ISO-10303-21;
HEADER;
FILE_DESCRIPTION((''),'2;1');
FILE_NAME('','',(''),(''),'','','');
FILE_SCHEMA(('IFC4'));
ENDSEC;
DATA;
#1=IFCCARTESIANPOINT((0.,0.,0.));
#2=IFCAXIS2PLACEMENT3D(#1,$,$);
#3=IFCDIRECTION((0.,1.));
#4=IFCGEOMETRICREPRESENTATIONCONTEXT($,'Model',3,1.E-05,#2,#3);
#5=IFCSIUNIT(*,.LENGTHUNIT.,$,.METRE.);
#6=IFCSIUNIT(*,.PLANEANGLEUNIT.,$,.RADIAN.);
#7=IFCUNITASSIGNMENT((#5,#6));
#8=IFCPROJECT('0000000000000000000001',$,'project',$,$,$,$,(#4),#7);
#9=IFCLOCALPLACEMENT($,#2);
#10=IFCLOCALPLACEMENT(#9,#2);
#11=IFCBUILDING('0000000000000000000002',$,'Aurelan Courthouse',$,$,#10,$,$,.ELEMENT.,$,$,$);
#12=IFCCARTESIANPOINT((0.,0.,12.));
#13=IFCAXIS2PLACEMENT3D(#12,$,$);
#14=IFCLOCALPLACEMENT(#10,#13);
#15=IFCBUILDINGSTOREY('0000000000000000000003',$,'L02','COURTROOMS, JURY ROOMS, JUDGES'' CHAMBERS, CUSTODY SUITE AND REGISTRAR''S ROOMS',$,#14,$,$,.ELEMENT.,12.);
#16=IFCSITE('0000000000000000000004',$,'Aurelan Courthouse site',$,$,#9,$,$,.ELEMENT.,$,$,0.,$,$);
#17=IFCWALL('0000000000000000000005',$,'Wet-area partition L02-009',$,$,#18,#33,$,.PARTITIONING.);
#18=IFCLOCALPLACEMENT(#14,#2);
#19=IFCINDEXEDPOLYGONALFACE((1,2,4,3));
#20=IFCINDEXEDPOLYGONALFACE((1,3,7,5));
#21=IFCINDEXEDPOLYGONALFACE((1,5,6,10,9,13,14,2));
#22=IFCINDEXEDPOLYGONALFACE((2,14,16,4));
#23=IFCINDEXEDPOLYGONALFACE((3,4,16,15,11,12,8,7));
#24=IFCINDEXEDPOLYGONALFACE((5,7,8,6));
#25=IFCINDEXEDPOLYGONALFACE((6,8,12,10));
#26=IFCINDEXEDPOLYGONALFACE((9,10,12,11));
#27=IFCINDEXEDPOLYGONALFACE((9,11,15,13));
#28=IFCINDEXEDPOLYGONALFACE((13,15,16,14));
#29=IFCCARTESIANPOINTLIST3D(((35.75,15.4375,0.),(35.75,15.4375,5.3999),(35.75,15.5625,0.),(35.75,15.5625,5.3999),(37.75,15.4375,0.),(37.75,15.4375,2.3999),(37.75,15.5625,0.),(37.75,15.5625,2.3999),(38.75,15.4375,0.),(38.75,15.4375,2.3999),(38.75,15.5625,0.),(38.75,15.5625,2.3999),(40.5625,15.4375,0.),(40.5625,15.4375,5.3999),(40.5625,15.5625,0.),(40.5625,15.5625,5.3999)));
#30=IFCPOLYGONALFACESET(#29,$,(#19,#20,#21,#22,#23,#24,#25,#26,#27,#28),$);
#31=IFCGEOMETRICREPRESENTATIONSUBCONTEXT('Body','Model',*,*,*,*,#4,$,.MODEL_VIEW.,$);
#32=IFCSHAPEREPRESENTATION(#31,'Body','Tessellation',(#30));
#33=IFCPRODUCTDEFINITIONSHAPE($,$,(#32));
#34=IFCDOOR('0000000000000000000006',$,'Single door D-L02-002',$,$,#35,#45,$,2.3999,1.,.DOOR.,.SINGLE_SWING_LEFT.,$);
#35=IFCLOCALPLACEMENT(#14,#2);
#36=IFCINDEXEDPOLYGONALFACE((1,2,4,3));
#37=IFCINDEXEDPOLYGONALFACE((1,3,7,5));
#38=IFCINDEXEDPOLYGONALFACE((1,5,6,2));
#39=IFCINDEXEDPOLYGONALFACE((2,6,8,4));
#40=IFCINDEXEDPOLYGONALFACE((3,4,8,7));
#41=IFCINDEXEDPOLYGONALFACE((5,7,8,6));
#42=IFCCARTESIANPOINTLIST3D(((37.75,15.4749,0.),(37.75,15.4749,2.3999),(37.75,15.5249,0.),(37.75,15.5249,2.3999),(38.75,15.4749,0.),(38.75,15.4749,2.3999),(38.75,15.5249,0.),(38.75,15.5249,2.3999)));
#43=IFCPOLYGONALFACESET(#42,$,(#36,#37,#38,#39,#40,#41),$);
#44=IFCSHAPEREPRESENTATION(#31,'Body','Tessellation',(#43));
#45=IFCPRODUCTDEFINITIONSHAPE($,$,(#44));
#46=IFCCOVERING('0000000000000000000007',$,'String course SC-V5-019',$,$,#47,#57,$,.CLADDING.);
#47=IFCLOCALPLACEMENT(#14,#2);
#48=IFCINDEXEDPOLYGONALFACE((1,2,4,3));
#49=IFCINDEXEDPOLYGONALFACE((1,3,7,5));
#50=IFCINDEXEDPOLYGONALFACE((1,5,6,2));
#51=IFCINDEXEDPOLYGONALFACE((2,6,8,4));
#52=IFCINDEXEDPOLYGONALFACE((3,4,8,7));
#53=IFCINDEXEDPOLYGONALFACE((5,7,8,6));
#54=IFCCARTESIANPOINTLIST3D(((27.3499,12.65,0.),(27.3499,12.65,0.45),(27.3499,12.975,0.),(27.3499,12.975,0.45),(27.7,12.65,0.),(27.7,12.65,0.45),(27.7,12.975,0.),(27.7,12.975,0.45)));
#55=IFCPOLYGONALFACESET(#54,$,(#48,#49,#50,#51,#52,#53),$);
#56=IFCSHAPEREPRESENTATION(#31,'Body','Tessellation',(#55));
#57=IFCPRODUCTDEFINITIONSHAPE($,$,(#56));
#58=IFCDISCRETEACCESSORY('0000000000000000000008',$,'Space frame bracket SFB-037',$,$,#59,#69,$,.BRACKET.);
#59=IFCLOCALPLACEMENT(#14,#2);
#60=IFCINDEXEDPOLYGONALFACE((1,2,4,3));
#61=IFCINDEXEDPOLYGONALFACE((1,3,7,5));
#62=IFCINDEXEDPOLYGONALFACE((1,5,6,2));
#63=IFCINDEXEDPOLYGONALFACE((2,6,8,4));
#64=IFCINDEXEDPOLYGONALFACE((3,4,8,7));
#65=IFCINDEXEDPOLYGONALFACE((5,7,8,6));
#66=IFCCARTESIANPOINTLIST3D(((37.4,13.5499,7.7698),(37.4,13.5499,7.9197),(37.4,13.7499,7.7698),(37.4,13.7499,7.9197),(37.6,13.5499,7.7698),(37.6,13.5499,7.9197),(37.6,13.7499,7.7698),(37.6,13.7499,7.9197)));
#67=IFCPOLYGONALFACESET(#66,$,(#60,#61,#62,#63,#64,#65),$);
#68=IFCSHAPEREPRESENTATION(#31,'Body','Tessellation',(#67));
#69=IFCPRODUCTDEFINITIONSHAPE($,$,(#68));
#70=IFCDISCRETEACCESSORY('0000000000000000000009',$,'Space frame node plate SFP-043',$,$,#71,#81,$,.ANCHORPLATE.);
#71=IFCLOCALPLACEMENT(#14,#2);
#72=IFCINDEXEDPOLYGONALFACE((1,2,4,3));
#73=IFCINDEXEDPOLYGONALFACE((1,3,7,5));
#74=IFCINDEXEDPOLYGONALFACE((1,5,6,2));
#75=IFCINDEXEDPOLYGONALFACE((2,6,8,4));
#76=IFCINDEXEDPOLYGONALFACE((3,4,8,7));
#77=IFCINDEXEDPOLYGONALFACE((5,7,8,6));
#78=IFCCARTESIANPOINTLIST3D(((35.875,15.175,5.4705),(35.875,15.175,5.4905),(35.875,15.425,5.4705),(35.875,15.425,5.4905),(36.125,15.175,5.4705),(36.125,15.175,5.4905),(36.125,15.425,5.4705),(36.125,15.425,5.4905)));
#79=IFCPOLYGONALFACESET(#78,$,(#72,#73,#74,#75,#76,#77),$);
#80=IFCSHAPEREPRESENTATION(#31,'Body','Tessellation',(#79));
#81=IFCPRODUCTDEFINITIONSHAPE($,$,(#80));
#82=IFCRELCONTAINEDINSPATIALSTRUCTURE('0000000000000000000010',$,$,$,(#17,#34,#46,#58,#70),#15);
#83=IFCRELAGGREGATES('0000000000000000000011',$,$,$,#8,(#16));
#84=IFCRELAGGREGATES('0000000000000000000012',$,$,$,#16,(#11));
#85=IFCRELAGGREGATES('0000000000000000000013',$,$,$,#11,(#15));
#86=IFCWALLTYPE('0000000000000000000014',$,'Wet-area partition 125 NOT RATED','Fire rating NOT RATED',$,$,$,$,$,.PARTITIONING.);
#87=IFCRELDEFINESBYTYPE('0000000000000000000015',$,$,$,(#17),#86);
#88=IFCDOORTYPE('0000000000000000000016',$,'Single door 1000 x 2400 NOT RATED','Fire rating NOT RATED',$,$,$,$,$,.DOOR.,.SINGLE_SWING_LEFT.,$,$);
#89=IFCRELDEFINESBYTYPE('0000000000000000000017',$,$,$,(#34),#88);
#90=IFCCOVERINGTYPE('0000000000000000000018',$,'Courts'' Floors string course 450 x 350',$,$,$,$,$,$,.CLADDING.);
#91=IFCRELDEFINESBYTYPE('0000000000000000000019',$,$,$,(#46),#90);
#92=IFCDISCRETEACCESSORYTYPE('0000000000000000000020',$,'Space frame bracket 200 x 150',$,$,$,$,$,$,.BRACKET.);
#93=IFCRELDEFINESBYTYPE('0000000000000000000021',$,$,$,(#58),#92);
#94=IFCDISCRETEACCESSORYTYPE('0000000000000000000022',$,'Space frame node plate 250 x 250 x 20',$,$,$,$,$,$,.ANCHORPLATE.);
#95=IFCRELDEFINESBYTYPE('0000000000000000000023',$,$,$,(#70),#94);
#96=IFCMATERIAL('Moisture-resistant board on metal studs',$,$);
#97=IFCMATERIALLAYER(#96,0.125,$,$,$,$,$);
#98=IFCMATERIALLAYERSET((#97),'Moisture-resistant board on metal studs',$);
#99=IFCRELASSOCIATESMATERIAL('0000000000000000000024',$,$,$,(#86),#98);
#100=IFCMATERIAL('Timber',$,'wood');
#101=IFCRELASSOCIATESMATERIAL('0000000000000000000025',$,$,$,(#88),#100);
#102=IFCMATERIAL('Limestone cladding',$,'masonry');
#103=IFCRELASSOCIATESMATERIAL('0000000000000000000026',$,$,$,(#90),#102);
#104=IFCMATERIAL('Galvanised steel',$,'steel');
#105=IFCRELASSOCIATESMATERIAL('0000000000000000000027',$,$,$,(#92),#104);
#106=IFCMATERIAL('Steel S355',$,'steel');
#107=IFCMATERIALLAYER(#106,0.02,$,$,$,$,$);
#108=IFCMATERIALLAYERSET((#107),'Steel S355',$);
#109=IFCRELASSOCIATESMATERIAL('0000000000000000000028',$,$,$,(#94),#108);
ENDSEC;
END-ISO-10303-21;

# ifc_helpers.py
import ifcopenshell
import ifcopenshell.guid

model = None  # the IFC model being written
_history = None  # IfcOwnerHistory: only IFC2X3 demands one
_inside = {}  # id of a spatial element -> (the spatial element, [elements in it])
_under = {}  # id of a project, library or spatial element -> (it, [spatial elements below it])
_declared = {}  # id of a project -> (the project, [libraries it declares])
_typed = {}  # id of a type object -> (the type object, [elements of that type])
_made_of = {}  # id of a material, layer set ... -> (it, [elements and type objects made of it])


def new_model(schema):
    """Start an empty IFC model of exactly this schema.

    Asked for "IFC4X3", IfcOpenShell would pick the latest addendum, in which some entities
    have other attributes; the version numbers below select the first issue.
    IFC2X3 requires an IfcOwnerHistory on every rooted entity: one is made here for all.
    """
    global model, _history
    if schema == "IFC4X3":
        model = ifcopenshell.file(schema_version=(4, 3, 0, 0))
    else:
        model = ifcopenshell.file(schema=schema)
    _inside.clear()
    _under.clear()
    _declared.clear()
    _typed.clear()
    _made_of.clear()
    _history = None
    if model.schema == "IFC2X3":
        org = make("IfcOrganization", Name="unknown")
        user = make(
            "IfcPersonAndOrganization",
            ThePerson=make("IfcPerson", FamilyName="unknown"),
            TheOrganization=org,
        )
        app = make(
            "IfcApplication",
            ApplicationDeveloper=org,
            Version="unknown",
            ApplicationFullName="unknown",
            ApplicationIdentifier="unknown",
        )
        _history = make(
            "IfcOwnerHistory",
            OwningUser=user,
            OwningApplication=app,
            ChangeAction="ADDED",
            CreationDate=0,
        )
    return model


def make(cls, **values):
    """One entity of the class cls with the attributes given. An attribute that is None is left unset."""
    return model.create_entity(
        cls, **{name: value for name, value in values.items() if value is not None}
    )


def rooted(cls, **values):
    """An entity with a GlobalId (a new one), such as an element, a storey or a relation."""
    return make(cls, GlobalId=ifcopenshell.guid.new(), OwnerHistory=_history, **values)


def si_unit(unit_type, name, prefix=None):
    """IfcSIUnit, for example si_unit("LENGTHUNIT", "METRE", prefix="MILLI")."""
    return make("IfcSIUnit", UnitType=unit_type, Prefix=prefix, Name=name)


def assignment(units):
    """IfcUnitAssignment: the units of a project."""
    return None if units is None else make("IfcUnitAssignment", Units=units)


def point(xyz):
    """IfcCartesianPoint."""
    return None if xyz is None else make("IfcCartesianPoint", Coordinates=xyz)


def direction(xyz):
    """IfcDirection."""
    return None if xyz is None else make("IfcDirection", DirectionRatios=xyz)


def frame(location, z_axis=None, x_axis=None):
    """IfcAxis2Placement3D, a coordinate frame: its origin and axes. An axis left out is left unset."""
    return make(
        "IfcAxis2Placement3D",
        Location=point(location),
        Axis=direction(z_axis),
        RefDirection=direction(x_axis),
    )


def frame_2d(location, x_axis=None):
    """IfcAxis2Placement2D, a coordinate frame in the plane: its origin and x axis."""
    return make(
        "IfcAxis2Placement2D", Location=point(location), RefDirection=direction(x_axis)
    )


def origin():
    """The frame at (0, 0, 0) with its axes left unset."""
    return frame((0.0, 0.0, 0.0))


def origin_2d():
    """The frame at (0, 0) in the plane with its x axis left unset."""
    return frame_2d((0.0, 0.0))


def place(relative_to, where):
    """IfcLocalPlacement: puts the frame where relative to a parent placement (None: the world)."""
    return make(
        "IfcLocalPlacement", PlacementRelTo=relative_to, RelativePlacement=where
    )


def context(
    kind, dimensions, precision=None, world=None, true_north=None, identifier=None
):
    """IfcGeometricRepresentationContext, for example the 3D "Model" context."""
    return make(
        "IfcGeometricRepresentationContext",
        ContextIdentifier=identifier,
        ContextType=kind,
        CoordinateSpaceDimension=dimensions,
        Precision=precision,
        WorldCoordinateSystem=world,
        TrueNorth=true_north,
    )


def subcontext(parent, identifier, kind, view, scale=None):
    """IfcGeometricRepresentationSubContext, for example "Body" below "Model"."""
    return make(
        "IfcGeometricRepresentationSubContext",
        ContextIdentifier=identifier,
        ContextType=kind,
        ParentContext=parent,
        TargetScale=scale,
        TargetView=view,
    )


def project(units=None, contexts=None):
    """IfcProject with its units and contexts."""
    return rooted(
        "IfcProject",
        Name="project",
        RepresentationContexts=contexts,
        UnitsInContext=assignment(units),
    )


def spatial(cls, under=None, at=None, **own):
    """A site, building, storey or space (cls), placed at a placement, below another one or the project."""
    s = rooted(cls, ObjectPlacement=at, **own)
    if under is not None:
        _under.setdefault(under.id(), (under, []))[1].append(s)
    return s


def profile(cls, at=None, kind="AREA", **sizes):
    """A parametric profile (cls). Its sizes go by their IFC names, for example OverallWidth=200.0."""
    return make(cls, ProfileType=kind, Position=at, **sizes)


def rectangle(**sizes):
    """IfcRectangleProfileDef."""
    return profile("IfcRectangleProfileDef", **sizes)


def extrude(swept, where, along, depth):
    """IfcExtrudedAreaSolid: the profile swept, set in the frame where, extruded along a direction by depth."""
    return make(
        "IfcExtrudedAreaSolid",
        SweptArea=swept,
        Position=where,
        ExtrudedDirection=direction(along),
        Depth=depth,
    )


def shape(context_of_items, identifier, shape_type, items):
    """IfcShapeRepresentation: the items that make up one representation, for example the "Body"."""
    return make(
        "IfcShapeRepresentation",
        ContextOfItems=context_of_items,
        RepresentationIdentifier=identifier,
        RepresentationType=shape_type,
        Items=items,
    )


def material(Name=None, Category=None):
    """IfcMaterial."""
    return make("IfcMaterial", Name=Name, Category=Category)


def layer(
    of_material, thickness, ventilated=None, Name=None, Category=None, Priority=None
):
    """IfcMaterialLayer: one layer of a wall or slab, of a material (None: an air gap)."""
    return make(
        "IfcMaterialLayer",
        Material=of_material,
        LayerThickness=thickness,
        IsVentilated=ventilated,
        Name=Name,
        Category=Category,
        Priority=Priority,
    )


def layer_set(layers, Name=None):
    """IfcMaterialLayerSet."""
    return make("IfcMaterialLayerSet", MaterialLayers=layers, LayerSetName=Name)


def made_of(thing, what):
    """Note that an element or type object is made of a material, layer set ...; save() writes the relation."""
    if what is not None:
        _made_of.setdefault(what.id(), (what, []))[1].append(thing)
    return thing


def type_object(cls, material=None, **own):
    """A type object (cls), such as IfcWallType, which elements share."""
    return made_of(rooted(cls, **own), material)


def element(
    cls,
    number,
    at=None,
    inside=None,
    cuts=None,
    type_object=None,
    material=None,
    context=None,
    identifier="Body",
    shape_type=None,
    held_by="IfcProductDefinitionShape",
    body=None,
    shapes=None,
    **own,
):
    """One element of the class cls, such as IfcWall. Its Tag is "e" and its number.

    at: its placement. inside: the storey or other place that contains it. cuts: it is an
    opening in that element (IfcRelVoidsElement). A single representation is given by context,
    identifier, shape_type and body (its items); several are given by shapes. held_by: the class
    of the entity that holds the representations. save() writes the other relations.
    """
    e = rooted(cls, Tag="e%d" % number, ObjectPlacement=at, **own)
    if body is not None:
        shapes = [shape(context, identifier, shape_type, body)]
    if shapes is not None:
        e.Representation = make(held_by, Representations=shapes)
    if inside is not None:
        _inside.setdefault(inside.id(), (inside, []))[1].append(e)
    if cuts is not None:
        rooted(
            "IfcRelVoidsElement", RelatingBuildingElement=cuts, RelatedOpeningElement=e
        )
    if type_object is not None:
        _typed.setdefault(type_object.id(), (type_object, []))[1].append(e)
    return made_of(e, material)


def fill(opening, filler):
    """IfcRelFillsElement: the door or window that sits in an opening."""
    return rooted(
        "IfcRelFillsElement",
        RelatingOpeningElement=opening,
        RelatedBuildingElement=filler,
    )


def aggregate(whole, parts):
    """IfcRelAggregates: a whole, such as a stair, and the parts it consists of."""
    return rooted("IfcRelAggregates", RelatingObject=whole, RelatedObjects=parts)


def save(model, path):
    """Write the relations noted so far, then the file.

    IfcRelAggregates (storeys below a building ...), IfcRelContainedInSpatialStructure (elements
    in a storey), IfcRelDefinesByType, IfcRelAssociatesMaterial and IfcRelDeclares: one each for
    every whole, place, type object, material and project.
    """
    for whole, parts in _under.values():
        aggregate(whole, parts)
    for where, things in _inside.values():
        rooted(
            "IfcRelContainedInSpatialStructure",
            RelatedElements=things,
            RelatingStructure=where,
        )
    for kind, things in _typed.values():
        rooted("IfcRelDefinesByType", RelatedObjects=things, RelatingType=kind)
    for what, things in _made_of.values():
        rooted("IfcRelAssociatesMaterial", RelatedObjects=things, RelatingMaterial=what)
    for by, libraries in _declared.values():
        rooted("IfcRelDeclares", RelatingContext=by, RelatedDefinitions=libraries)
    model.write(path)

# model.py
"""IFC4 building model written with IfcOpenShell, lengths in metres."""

from ifc_helpers import new_model, si_unit, direction, frame, frame_2d, origin, origin_2d, place, context, subcontext, project, spatial, rectangle, extrude, material, layer, layer_set, type_object, element, fill, save


model = new_model("IFC4")

# Units and contexts
model_context = context("Model", 3, precision=1e-05, world=origin(), true_north=direction((0.0, 1.0)))
body_context = subcontext(model_context, "Body", "Model", "MODEL_VIEW")
ifc_project = project(units=[si_unit("LENGTHUNIT", "METRE"), si_unit("PLANEANGLEUNIT", "RADIAN")], contexts=[model_context])

# Site, building, storey
site_placement = place(None, origin())
site = spatial("IfcSite", under=ifc_project, at=site_placement, Name="Aurelan Courthouse site", CompositionType="ELEMENT", RefElevation=0.0)
building_placement = place(site_placement, origin())
building = spatial("IfcBuilding", under=site, at=building_placement, Name="Aurelan Courthouse", CompositionType="ELEMENT")
storey_placement = place(building_placement, frame((0.0, 0.0, 12.0)))
storey = spatial("IfcBuildingStorey", under=building, at=storey_placement, Name="L02", Description="COURTROOMS, JURY ROOMS, JUDGES' CHAMBERS, CUSTODY SUITE AND REGISTRAR'S ROOMS", CompositionType="ELEMENT", Elevation=12.0)

# Shared definitions
ifc_material_1 = material(Name="Steel S355", Category="steel")

# Shared definitions
ifc_material_2 = material(Name="Limestone cladding", Category="masonry")

# Shared definitions
ifc_material_3 = material(Name="Moisture-resistant board on metal studs")
ifc_layer_1 = layer(ifc_material_3, 0.125)
ifc_layer_set_1 = layer_set([ifc_layer_1], Name="Moisture-resistant board on metal studs")
wall_type_1 = type_object("IfcWallType", Name="Wet-area partition 125 NOT RATED", Description="Fire rating NOT RATED", PredefinedType="PARTITIONING", material=ifc_layer_set_1)

# Wall, opening, door
wall_1_placement = place(storey_placement, frame((35.75, 15.5, 0.0), z_axis=(0.0, 0.0, 1.0), x_axis=(1.0, 0.0, 0.0)))
wall_1 = element("IfcWall", 1, at=wall_1_placement, inside=storey, type_object=wall_type_1, Name="Wet-area partition L02-009", PredefinedType="PARTITIONING", context=body_context, shape_type="SweptSolid", body=[
    extrude(rectangle(XDim=4.8125, YDim=0.125, at=frame_2d((2.4062, 0.0))), origin(), (0.0, 0.0, 1.0), 5.3999),
])
opening_1_placement = place(wall_1_placement, frame((2.0, 0.0, 0.0)))
opening_1 = element("IfcOpeningElement", 2, at=opening_1_placement, cuts=wall_1, PredefinedType="OPENING", context=body_context, shape_type="SweptSolid", body=[
    extrude(rectangle(XDim=1.0, YDim=2.3999, at=frame_2d((0.5, 1.2))), frame((0.0, 0.0725, 0.0), z_axis=(0.0, -1.0, 0.0), x_axis=(1.0, 0.0, 0.0)), (0.0, 0.0, 1.0), 0.145),
])
ifc_material_4 = material(Name="Timber", Category="wood")
door_type = type_object("IfcDoorType", Name="Single door 1000 x 2400 NOT RATED", Description="Fire rating NOT RATED", OperationType="SINGLE_SWING_LEFT", PredefinedType="DOOR", material=ifc_material_4)
door_placement = place(opening_1_placement, origin())
door = element("IfcDoor", 3, at=door_placement, inside=storey, type_object=door_type, Name="Single door D-L02-002", OperationType="SINGLE_SWING_LEFT", OverallHeight=2.3999, OverallWidth=1.0, PredefinedType="DOOR", context=body_context, shape_type="SweptSolid", body=[
    extrude(rectangle(XDim=1.0, YDim=2.3999, at=frame_2d((0.5, 1.2))), frame((0.0, 0.0249, 0.0), z_axis=(0.0, -1.0, 0.0), x_axis=(1.0, 0.0, 0.0)), (0.0, 0.0, 1.0), 0.05),
])
fill(opening_1, door)

# Covering
covering_type = type_object("IfcCoveringType", Name="Courts' Floors string course 450 x 350", PredefinedType="CLADDING", material=ifc_material_2)
covering_placement = place(storey_placement, frame((27.5249, 12.8125, 0.0), z_axis=(0.0, 0.0, 1.0), x_axis=(1.0, 0.0, 0.0)))
element("IfcCovering", 4, at=covering_placement, inside=storey, type_object=covering_type, Name="String course SC-V5-019", PredefinedType="CLADDING", context=body_context, shape_type="SweptSolid", body=[
    extrude(rectangle(XDim=0.3501, YDim=0.325, at=origin_2d()), origin(), (0.0, 0.0, 1.0), 0.45),
])

# Discrete accessories
ifc_material_5 = material(Name="Galvanised steel", Category="steel")
discrete_accessory_type_1 = type_object("IfcDiscreteAccessoryType", Name="Space frame bracket 200 x 150", PredefinedType="BRACKET", material=ifc_material_5)
discrete_accessory_1_placement = place(storey_placement, frame((37.5, 13.6499, 7.7698), z_axis=(0.0, 0.0, 1.0), x_axis=(1.0, 0.0, 0.0)))
element("IfcDiscreteAccessory", 5, at=discrete_accessory_1_placement, inside=storey, type_object=discrete_accessory_type_1, Name="Space frame bracket SFB-037", PredefinedType="BRACKET", context=body_context, shape_type="SweptSolid", body=[
    extrude(rectangle(XDim=0.2, YDim=0.2, at=origin_2d()), origin(), (0.0, 0.0, 1.0), 0.1499),
])
ifc_layer_2 = layer(ifc_material_1, 0.02)
ifc_layer_set_2 = layer_set([ifc_layer_2], Name="Steel S355")
discrete_accessory_type_2 = type_object("IfcDiscreteAccessoryType", Name="Space frame node plate 250 x 250 x 20", PredefinedType="ANCHORPLATE", material=ifc_layer_set_2)
discrete_accessory_2_placement = place(storey_placement, frame((36.0, 15.3, 5.4705), z_axis=(0.0, 0.0, 1.0), x_axis=(1.0, 0.0, 0.0)))
element("IfcDiscreteAccessory", 6, at=discrete_accessory_2_placement, inside=storey, type_object=discrete_accessory_type_2, Name="Space frame node plate SFP-043", PredefinedType="ANCHORPLATE", context=body_context, shape_type="SweptSolid", body=[
    extrude(rectangle(XDim=0.25, YDim=0.25, at=origin_2d()), origin(), (0.0, 0.0, 1.0), 0.02),
])

save(model, "model.ifc")
